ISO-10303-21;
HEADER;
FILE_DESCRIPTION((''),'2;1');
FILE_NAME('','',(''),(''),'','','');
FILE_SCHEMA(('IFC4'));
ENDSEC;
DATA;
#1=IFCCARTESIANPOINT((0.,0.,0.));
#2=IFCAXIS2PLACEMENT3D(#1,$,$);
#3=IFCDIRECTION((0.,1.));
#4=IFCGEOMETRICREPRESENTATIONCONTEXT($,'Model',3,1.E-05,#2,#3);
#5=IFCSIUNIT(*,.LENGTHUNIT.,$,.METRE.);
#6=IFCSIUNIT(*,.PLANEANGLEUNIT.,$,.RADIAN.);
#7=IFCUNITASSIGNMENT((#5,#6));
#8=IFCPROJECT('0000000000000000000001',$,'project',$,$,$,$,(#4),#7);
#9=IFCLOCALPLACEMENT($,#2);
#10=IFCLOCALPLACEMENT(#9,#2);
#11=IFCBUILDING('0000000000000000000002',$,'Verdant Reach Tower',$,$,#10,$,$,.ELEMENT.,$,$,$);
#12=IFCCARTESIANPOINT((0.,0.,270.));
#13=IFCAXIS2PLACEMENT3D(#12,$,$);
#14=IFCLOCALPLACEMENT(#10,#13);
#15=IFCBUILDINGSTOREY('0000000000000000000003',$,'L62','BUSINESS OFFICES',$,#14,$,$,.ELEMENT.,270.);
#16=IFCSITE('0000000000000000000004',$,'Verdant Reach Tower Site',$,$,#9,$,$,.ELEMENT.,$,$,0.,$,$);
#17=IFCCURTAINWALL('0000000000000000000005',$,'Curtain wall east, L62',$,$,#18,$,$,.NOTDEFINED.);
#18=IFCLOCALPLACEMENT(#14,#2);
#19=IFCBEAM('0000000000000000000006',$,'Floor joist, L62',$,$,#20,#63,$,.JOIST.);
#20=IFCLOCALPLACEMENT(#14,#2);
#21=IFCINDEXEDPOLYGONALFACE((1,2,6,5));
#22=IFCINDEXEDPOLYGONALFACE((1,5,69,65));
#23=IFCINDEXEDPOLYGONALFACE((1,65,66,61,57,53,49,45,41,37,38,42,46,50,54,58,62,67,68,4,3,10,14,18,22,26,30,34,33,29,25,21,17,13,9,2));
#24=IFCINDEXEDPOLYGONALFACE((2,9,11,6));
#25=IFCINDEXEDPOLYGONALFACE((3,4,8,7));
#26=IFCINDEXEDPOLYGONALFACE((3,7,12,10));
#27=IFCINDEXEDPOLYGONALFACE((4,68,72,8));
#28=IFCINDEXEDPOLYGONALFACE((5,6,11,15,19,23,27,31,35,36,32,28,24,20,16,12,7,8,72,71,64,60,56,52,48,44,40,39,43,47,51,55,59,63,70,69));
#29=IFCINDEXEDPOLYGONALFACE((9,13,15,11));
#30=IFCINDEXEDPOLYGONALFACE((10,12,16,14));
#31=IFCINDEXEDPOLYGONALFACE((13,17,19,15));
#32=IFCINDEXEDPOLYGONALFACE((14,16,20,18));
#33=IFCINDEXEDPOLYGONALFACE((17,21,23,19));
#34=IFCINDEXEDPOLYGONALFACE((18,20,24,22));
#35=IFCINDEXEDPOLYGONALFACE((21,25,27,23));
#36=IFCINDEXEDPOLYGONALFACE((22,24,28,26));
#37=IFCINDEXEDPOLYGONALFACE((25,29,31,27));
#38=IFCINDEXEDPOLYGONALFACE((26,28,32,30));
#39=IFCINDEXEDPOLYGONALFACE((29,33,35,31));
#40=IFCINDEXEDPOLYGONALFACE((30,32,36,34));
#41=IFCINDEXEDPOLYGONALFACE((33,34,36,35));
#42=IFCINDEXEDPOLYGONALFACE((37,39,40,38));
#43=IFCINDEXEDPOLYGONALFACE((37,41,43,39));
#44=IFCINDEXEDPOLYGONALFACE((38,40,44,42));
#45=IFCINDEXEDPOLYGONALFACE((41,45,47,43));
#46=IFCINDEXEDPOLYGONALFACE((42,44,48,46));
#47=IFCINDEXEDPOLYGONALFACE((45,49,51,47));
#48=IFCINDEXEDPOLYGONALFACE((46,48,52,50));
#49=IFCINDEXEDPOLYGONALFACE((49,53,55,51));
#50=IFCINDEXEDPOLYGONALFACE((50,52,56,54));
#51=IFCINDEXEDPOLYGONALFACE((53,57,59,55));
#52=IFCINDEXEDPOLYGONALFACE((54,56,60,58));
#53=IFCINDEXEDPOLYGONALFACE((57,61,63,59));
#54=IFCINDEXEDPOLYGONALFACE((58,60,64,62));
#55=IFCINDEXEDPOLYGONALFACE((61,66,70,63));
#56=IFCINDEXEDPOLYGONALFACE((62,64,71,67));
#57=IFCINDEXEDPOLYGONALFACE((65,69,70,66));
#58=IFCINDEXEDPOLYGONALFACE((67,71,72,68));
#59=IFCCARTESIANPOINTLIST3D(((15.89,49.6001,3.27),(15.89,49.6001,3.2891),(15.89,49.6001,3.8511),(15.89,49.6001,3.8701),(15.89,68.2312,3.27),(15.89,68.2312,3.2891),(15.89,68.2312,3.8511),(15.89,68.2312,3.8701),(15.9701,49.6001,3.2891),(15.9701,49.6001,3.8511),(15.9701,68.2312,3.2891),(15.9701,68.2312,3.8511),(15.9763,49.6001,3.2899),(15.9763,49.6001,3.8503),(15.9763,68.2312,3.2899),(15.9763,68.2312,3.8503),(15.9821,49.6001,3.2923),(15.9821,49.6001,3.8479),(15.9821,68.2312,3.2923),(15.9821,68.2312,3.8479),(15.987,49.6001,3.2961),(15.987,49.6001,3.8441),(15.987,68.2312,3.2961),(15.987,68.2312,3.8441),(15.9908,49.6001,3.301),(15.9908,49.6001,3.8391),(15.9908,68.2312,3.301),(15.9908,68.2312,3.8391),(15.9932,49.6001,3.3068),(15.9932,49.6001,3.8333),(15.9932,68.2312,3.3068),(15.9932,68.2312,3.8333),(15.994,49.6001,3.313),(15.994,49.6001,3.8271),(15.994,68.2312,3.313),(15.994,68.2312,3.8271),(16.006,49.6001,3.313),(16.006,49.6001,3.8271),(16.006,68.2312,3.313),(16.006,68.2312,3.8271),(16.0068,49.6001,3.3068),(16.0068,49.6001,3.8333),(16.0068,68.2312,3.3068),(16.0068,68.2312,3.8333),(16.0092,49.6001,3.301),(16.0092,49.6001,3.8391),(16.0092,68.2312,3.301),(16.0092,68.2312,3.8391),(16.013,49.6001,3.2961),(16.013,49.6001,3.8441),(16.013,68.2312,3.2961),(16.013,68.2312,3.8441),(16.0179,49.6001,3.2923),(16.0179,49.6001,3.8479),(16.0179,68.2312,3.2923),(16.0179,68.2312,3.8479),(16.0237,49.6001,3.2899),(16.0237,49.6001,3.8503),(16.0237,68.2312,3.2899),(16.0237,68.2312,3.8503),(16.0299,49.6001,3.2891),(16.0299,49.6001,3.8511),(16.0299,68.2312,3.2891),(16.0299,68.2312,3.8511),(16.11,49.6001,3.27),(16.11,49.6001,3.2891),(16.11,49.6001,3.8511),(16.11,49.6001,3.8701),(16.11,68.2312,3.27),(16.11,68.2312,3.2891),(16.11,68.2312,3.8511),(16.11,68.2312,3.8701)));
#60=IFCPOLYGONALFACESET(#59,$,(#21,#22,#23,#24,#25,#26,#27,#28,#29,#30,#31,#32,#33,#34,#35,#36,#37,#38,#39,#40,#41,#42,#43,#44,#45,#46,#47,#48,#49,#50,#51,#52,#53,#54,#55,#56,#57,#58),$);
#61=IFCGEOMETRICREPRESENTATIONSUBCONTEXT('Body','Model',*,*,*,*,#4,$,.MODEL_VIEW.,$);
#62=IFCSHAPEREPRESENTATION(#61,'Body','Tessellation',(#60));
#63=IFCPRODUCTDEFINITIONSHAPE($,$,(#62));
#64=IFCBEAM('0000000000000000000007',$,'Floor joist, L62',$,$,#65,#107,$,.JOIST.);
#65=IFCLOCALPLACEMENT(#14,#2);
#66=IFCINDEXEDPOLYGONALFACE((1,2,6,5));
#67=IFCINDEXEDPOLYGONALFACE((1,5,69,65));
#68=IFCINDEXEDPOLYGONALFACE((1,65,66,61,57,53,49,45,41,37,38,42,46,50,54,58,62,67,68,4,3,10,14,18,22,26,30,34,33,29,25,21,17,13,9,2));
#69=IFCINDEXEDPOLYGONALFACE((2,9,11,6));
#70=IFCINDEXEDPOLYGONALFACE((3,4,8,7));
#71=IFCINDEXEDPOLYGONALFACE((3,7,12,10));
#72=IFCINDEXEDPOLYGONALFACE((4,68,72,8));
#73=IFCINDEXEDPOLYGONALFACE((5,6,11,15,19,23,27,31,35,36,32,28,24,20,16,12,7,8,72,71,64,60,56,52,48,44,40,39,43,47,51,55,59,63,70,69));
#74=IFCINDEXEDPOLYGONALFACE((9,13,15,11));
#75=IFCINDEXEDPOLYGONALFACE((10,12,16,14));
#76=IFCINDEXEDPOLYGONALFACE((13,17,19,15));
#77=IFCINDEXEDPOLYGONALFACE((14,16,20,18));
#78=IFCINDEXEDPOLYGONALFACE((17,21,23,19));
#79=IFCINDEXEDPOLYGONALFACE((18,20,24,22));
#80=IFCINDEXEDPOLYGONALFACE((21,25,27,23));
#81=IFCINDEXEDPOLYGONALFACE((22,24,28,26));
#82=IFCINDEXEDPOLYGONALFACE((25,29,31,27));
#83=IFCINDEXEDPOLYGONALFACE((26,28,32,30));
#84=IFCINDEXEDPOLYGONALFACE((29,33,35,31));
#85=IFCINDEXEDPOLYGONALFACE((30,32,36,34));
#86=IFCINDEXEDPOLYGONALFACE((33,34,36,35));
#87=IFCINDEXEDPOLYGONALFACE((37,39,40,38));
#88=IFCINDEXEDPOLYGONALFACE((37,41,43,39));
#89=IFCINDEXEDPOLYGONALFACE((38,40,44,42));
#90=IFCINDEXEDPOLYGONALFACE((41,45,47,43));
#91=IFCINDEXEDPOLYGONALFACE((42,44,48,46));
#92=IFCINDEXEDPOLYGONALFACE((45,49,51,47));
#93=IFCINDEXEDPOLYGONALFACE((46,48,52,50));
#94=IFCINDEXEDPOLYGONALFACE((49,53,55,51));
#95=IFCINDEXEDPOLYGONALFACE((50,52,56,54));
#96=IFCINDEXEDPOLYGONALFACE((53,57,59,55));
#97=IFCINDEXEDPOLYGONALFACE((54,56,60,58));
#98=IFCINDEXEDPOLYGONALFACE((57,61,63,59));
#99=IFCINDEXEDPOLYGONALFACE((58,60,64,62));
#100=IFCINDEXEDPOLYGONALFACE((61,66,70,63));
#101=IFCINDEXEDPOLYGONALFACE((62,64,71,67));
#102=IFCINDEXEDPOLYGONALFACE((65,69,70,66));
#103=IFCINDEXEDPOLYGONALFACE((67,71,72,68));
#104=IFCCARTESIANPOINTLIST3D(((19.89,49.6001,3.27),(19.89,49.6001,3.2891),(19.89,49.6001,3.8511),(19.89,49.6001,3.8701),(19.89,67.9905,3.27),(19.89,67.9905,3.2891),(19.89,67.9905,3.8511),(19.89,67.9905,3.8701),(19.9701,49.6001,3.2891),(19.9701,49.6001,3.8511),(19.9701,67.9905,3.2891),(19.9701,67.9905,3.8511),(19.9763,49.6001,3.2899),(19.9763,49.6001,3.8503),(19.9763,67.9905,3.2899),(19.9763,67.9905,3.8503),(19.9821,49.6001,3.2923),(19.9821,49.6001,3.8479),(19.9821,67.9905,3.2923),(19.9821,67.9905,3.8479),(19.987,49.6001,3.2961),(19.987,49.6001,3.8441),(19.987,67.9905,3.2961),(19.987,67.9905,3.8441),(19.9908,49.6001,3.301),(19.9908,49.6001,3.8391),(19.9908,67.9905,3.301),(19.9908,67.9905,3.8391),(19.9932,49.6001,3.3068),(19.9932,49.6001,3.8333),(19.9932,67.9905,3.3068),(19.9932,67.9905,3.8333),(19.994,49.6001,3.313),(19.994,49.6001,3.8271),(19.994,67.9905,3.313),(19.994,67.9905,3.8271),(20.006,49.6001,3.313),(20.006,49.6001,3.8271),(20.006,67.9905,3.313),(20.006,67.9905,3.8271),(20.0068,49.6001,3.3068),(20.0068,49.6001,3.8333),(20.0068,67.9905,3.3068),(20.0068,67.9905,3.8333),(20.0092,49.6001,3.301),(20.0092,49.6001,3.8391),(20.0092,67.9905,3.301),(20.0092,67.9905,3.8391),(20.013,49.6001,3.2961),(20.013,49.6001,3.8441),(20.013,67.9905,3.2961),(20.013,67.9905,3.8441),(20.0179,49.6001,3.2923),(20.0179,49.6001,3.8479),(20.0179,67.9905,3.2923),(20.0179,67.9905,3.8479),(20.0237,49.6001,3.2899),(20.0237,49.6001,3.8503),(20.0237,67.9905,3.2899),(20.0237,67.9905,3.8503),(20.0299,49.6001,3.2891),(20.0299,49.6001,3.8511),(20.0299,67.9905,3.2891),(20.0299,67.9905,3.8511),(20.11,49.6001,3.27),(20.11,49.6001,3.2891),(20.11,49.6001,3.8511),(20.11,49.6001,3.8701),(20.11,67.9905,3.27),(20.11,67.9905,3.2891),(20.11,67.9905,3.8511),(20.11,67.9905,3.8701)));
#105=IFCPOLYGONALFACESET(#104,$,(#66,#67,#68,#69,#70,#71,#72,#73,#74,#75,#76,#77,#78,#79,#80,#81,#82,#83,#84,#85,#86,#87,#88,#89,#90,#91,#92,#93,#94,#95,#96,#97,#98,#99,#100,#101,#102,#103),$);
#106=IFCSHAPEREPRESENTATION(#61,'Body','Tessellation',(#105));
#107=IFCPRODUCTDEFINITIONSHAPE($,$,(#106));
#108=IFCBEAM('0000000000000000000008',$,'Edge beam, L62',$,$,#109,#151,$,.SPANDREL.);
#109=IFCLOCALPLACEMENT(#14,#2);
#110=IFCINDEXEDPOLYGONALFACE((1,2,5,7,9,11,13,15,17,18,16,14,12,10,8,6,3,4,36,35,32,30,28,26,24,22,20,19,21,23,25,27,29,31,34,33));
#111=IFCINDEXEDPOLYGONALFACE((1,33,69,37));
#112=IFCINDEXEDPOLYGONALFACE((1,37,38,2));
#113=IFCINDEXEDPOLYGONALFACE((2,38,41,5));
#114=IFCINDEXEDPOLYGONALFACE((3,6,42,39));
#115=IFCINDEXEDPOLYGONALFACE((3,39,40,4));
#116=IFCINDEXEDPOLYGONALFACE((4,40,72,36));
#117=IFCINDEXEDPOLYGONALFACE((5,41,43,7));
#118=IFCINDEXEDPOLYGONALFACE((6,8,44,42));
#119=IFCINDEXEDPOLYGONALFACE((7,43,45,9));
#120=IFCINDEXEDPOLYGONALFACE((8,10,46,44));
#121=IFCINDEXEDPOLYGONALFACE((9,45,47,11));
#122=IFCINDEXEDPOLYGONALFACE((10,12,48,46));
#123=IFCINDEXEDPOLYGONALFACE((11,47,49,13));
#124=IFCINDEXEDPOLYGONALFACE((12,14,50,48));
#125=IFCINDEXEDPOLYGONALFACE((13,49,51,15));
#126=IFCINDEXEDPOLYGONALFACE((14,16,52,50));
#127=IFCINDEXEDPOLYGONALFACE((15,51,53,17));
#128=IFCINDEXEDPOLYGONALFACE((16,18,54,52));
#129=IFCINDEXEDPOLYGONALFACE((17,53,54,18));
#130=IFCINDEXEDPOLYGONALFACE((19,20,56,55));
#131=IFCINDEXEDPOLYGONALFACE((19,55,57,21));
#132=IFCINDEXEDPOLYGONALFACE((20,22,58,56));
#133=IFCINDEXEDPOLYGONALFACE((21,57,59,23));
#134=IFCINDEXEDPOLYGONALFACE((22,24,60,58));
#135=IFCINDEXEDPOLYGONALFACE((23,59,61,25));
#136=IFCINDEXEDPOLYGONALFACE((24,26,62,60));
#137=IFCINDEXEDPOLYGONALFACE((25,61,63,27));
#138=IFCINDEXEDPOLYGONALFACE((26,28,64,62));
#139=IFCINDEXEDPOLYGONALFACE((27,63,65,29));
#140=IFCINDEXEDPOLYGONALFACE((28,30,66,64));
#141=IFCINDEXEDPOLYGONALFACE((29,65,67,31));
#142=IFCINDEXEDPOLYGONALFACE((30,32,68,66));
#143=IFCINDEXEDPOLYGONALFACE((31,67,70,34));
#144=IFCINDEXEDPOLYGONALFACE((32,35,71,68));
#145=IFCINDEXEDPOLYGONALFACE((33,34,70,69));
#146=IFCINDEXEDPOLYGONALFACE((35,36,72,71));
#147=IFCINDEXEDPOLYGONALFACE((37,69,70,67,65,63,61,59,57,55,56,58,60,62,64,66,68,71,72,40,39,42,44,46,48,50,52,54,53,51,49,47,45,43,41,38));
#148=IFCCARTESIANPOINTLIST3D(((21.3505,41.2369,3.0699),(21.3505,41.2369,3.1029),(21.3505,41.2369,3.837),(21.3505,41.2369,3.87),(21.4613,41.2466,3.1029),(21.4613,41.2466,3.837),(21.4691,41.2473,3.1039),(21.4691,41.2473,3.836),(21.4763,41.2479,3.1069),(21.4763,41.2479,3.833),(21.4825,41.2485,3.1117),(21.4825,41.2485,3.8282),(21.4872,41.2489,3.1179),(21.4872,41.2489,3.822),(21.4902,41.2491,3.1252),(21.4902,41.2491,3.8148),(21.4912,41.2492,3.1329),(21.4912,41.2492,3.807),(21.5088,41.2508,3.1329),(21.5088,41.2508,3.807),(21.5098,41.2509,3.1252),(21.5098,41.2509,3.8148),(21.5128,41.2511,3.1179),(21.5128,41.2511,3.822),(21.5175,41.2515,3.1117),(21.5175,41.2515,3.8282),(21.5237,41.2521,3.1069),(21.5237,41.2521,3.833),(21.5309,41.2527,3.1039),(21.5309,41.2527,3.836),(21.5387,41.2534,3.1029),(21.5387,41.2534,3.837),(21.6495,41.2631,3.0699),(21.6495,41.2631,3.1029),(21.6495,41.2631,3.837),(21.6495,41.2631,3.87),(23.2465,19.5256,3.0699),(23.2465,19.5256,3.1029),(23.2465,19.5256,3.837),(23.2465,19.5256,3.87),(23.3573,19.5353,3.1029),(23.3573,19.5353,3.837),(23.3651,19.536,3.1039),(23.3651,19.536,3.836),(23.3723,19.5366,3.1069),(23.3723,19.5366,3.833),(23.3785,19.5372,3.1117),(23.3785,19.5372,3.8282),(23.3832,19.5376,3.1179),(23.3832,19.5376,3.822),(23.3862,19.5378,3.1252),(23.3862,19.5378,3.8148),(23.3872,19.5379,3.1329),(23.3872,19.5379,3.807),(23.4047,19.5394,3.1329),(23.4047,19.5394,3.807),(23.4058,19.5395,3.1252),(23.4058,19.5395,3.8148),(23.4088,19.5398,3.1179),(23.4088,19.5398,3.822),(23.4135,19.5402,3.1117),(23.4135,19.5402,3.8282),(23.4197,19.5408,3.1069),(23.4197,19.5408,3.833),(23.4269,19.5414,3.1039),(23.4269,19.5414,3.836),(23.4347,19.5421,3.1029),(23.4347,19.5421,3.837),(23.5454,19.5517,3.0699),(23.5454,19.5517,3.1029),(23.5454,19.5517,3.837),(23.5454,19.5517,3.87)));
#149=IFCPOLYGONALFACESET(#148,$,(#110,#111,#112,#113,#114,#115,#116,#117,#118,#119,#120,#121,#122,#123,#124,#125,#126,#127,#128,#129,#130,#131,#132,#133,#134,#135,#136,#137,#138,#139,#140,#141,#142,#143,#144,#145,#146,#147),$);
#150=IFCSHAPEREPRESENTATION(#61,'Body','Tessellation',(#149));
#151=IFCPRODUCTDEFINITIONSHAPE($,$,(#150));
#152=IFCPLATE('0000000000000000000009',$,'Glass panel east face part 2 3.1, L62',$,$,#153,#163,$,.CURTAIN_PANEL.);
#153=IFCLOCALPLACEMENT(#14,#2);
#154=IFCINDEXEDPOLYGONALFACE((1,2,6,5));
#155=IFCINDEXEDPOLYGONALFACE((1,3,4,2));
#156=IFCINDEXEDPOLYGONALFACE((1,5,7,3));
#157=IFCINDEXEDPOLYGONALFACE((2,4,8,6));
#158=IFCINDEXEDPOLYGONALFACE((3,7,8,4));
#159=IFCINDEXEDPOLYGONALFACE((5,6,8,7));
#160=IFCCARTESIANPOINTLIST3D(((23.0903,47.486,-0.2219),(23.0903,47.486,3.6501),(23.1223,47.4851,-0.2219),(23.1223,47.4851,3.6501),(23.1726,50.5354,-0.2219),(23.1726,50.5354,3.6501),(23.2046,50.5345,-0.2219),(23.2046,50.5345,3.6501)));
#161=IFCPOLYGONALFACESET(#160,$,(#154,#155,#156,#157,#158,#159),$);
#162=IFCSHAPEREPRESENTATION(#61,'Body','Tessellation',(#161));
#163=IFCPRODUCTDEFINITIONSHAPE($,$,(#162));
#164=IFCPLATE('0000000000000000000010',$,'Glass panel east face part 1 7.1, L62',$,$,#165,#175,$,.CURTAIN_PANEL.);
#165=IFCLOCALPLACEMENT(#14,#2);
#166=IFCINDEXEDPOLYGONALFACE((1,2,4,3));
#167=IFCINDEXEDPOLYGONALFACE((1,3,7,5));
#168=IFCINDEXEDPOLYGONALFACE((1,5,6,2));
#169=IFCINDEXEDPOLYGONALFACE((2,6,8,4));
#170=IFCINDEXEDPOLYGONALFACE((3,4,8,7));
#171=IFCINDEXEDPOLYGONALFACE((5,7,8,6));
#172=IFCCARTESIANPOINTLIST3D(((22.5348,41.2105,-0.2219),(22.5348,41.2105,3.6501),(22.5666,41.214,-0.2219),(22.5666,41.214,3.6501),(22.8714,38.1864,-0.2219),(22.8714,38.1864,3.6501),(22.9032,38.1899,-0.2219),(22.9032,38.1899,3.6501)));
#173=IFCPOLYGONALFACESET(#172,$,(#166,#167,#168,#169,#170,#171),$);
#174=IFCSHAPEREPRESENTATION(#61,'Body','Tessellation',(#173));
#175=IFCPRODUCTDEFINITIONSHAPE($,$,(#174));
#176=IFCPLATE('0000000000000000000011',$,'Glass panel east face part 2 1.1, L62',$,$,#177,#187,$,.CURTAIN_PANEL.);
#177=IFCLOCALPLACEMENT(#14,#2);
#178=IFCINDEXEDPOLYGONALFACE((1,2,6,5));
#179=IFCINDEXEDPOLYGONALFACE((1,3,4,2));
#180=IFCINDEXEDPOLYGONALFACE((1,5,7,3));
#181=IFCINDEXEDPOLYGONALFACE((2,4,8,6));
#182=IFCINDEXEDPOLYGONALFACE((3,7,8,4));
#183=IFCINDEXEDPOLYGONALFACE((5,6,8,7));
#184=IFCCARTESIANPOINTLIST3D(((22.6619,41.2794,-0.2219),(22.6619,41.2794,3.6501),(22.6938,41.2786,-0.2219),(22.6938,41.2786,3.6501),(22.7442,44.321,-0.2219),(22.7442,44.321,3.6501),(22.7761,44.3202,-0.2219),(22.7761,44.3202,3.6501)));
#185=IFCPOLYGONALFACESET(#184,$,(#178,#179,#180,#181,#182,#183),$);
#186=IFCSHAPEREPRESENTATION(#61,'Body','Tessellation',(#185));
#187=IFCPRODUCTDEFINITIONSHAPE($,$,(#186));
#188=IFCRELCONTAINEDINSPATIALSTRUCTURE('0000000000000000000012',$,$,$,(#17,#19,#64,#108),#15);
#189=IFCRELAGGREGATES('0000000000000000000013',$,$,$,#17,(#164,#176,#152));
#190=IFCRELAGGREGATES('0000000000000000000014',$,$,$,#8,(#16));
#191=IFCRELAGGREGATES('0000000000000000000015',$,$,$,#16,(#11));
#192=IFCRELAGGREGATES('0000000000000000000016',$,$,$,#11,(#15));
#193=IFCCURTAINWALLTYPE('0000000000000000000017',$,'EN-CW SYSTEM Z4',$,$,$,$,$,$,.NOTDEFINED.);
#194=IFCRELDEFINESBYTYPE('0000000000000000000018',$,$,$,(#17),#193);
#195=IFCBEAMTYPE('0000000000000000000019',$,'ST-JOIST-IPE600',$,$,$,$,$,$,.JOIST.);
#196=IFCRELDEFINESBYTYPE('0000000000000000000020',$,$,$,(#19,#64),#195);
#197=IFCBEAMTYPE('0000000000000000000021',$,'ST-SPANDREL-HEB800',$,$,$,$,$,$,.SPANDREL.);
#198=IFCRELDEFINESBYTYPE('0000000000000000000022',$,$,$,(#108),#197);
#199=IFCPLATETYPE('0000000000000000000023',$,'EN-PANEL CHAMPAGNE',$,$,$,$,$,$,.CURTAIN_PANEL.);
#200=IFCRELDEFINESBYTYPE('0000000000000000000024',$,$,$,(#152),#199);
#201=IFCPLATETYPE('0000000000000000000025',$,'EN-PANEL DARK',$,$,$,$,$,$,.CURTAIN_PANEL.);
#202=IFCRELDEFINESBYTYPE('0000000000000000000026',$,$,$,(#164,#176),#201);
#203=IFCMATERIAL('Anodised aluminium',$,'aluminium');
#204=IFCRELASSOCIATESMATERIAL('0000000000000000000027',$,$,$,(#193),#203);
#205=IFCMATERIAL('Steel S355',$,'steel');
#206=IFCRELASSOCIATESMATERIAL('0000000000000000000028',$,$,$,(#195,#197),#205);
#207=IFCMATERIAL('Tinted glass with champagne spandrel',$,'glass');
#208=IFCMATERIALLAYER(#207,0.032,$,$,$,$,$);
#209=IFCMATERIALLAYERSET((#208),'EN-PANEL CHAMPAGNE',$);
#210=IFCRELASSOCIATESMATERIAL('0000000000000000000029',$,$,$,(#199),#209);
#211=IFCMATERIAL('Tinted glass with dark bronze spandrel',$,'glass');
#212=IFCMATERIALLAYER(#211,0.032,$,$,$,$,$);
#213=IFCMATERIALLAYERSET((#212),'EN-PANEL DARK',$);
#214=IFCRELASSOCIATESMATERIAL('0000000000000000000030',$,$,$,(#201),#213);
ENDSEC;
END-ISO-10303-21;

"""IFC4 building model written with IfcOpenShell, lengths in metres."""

from ifc_helpers import new_model, si_unit, direction, frame, origin, origin_2d, place, context, subcontext, project, spatial, rectangle, i_section, extrude, material, layer, layer_set, material_profile, profile_set, type_object, element, aggregate, save


model = new_model("IFC4")

# Units and contexts
model_context = context("Model", 3, precision=1e-05, world=origin(), true_north=direction((0.0, 1.0)))
body_context = subcontext(model_context, "Body", "Model", "MODEL_VIEW")
ifc_project = project(units=[si_unit("LENGTHUNIT", "METRE"), si_unit("PLANEANGLEUNIT", "RADIAN")], contexts=[model_context])

# Site, building, storey
site_placement = place(None, origin())
site = spatial("IfcSite", under=ifc_project, at=site_placement, Name="Verdant Reach Tower Site", CompositionType="ELEMENT", RefElevation=0.0)
building_placement = place(site_placement, origin())
building = spatial("IfcBuilding", under=site, at=building_placement, Name="Verdant Reach Tower", CompositionType="ELEMENT")
storey_placement = place(building_placement, frame((0.0, 0.0, 270.0)))
storey = spatial("IfcBuildingStorey", under=building, at=storey_placement, Name="L62", Description="BUSINESS OFFICES", CompositionType="ELEMENT", Elevation=270.0)

# Curtain wall
ifc_material_1 = material(Name="Anodised aluminium", Category="aluminium")
curtain_wall_type = type_object("IfcCurtainWallType", Name="EN-CW SYSTEM Z4", PredefinedType="NOTDEFINED", material=ifc_material_1)
curtain_wall_placement = place(storey_placement, origin())
curtain_wall = element("IfcCurtainWall", 1, at=curtain_wall_placement, inside=storey, type_object=curtain_wall_type, Name="Curtain wall east, L62", PredefinedType="NOTDEFINED")

# Beams
ifc_material_2 = material(Name="Steel S355", Category="steel")
ifc_material_profile_1 = material_profile(ifc_material_2, i_section(OverallWidth=0.22, OverallDepth=0.6001, WebThickness=0.012, FlangeThickness=0.019, FilletRadius=0.0239, at=origin_2d()), Name="IPE 600")
ifc_profile_set_1 = profile_set([ifc_material_profile_1], Name="Steel S355")
beam_type_1 = type_object("IfcBeamType", Name="ST-JOIST-IPE600", PredefinedType="JOIST", material=ifc_profile_set_1)
beam_1_placement = place(storey_placement, frame((16.0, 49.6001, 3.5701), z_axis=(0.0, 1.0, 0.0), x_axis=(-1.0, 0.0, 0.0)))
element("IfcBeam", 2, at=beam_1_placement, inside=storey, type_object=beam_type_1, Name="Floor joist, L62", PredefinedType="JOIST", context=body_context, shape_type="SweptSolid", body=[
    extrude(i_section(OverallWidth=0.22, OverallDepth=0.6001, WebThickness=0.012, FlangeThickness=0.019, FilletRadius=0.0239, at=origin_2d()), origin(), (0.0, 0.0, 1.0), 18.6311),
])
beam_2_placement = place(storey_placement, frame((20.0, 49.6001, 3.5701), z_axis=(0.0, 1.0, 0.0), x_axis=(-1.0, 0.0, 0.0)))
element("IfcBeam", 3, at=beam_2_placement, inside=storey, type_object=beam_type_1, Name="Floor joist, L62", PredefinedType="JOIST", context=body_context, shape_type="SweptSolid", body=[
    extrude(i_section(OverallWidth=0.22, OverallDepth=0.6001, WebThickness=0.012, FlangeThickness=0.019, FilletRadius=0.0239, at=origin_2d()), origin(), (0.0, 0.0, 1.0), 18.3904),
])
ifc_material_profile_2 = material_profile(ifc_material_2, i_section(OverallWidth=0.3, OverallDepth=0.8, WebThickness=0.0176, FlangeThickness=0.033, FilletRadius=0.03, at=origin_2d()), Name="HEB 800")
ifc_profile_set_2 = profile_set([ifc_material_profile_2], Name="Steel S355")
beam_type_2 = type_object("IfcBeamType", Name="ST-SPANDREL-HEB800", PredefinedType="SPANDREL", material=ifc_profile_set_2)
beam_3_placement = place(storey_placement, frame((21.5, 41.25, 3.47), z_axis=(0.086996, -0.996209, 0.0), x_axis=(0.996209, 0.086996, 0.0)))
element("IfcBeam", 4, at=beam_3_placement, inside=storey, type_object=beam_type_2, Name="Edge beam, L62", PredefinedType="SPANDREL", context=body_context, shape_type="SweptSolid", body=[
    extrude(i_section(OverallWidth=0.3, OverallDepth=0.8, WebThickness=0.0176, FlangeThickness=0.033, FilletRadius=0.03, at=origin_2d()), origin(), (0.0, 0.0, 1.0), 21.7939),
])

# Plates
ifc_material_3 = material(Name="Tinted glass with champagne spandrel", Category="glass")
ifc_layer_1 = layer(ifc_material_3, 0.032)
ifc_layer_set_1 = layer_set([ifc_layer_1], Name="EN-PANEL CHAMPAGNE")
plate_type_1 = type_object("IfcPlateType", Name="EN-PANEL CHAMPAGNE", PredefinedType="CURTAIN_PANEL", material=ifc_layer_set_1)
plate_1_placement = place(storey_placement, frame((23.1475, 49.0103, -0.2219), z_axis=(0.0, 0.0, 1.0), x_axis=(0.026965, 0.999636, 0.0)))
plate_1 = element("IfcPlate", 5, at=plate_1_placement, type_object=plate_type_1, Name="Glass panel east face part 2 3.1, L62", PredefinedType="CURTAIN_PANEL", context=body_context, shape_type="SweptSolid", body=[
    extrude(rectangle(XDim=3.0505, YDim=0.032, at=origin_2d()), origin(), (0.0, 0.0, 1.0), 3.8721),
])
ifc_material_4 = material(Name="Tinted glass with dark bronze spandrel", Category="glass")
ifc_layer_2 = layer(ifc_material_4, 0.032)
ifc_layer_set_2 = layer_set([ifc_layer_2], Name="EN-PANEL DARK")
plate_type_2 = type_object("IfcPlateType", Name="EN-PANEL DARK", PredefinedType="CURTAIN_PANEL", material=ifc_layer_set_2)
plate_2_placement = place(storey_placement, frame((22.719, 39.7002, -0.2219), z_axis=(0.0, 0.0, 1.0), x_axis=(-0.110603, 0.993865, 0.0)))
plate_2 = element("IfcPlate", 6, at=plate_2_placement, type_object=plate_type_2, Name="Glass panel east face part 1 7.1, L62", PredefinedType="CURTAIN_PANEL", context=body_context, shape_type="SweptSolid", body=[
    extrude(rectangle(XDim=3.0427, YDim=0.032, at=origin_2d()), origin(), (0.0, 0.0, 1.0), 3.8721),
])
plate_3_placement = place(storey_placement, frame((22.719, 42.7998, -0.2219), z_axis=(0.0, 0.0, 1.0), x_axis=(0.027051, 0.999634, 0.0)))
plate_3 = element("IfcPlate", 7, at=plate_3_placement, type_object=plate_type_2, Name="Glass panel east face part 2 1.1, L62", PredefinedType="CURTAIN_PANEL", context=body_context, shape_type="SweptSolid", body=[
    extrude(rectangle(XDim=3.0427, YDim=0.032, at=origin_2d()), origin(), (0.0, 0.0, 1.0), 3.8721),
])
aggregate(curtain_wall, [plate_2, plate_3, plate_1])

save(model, "model.ifc")
